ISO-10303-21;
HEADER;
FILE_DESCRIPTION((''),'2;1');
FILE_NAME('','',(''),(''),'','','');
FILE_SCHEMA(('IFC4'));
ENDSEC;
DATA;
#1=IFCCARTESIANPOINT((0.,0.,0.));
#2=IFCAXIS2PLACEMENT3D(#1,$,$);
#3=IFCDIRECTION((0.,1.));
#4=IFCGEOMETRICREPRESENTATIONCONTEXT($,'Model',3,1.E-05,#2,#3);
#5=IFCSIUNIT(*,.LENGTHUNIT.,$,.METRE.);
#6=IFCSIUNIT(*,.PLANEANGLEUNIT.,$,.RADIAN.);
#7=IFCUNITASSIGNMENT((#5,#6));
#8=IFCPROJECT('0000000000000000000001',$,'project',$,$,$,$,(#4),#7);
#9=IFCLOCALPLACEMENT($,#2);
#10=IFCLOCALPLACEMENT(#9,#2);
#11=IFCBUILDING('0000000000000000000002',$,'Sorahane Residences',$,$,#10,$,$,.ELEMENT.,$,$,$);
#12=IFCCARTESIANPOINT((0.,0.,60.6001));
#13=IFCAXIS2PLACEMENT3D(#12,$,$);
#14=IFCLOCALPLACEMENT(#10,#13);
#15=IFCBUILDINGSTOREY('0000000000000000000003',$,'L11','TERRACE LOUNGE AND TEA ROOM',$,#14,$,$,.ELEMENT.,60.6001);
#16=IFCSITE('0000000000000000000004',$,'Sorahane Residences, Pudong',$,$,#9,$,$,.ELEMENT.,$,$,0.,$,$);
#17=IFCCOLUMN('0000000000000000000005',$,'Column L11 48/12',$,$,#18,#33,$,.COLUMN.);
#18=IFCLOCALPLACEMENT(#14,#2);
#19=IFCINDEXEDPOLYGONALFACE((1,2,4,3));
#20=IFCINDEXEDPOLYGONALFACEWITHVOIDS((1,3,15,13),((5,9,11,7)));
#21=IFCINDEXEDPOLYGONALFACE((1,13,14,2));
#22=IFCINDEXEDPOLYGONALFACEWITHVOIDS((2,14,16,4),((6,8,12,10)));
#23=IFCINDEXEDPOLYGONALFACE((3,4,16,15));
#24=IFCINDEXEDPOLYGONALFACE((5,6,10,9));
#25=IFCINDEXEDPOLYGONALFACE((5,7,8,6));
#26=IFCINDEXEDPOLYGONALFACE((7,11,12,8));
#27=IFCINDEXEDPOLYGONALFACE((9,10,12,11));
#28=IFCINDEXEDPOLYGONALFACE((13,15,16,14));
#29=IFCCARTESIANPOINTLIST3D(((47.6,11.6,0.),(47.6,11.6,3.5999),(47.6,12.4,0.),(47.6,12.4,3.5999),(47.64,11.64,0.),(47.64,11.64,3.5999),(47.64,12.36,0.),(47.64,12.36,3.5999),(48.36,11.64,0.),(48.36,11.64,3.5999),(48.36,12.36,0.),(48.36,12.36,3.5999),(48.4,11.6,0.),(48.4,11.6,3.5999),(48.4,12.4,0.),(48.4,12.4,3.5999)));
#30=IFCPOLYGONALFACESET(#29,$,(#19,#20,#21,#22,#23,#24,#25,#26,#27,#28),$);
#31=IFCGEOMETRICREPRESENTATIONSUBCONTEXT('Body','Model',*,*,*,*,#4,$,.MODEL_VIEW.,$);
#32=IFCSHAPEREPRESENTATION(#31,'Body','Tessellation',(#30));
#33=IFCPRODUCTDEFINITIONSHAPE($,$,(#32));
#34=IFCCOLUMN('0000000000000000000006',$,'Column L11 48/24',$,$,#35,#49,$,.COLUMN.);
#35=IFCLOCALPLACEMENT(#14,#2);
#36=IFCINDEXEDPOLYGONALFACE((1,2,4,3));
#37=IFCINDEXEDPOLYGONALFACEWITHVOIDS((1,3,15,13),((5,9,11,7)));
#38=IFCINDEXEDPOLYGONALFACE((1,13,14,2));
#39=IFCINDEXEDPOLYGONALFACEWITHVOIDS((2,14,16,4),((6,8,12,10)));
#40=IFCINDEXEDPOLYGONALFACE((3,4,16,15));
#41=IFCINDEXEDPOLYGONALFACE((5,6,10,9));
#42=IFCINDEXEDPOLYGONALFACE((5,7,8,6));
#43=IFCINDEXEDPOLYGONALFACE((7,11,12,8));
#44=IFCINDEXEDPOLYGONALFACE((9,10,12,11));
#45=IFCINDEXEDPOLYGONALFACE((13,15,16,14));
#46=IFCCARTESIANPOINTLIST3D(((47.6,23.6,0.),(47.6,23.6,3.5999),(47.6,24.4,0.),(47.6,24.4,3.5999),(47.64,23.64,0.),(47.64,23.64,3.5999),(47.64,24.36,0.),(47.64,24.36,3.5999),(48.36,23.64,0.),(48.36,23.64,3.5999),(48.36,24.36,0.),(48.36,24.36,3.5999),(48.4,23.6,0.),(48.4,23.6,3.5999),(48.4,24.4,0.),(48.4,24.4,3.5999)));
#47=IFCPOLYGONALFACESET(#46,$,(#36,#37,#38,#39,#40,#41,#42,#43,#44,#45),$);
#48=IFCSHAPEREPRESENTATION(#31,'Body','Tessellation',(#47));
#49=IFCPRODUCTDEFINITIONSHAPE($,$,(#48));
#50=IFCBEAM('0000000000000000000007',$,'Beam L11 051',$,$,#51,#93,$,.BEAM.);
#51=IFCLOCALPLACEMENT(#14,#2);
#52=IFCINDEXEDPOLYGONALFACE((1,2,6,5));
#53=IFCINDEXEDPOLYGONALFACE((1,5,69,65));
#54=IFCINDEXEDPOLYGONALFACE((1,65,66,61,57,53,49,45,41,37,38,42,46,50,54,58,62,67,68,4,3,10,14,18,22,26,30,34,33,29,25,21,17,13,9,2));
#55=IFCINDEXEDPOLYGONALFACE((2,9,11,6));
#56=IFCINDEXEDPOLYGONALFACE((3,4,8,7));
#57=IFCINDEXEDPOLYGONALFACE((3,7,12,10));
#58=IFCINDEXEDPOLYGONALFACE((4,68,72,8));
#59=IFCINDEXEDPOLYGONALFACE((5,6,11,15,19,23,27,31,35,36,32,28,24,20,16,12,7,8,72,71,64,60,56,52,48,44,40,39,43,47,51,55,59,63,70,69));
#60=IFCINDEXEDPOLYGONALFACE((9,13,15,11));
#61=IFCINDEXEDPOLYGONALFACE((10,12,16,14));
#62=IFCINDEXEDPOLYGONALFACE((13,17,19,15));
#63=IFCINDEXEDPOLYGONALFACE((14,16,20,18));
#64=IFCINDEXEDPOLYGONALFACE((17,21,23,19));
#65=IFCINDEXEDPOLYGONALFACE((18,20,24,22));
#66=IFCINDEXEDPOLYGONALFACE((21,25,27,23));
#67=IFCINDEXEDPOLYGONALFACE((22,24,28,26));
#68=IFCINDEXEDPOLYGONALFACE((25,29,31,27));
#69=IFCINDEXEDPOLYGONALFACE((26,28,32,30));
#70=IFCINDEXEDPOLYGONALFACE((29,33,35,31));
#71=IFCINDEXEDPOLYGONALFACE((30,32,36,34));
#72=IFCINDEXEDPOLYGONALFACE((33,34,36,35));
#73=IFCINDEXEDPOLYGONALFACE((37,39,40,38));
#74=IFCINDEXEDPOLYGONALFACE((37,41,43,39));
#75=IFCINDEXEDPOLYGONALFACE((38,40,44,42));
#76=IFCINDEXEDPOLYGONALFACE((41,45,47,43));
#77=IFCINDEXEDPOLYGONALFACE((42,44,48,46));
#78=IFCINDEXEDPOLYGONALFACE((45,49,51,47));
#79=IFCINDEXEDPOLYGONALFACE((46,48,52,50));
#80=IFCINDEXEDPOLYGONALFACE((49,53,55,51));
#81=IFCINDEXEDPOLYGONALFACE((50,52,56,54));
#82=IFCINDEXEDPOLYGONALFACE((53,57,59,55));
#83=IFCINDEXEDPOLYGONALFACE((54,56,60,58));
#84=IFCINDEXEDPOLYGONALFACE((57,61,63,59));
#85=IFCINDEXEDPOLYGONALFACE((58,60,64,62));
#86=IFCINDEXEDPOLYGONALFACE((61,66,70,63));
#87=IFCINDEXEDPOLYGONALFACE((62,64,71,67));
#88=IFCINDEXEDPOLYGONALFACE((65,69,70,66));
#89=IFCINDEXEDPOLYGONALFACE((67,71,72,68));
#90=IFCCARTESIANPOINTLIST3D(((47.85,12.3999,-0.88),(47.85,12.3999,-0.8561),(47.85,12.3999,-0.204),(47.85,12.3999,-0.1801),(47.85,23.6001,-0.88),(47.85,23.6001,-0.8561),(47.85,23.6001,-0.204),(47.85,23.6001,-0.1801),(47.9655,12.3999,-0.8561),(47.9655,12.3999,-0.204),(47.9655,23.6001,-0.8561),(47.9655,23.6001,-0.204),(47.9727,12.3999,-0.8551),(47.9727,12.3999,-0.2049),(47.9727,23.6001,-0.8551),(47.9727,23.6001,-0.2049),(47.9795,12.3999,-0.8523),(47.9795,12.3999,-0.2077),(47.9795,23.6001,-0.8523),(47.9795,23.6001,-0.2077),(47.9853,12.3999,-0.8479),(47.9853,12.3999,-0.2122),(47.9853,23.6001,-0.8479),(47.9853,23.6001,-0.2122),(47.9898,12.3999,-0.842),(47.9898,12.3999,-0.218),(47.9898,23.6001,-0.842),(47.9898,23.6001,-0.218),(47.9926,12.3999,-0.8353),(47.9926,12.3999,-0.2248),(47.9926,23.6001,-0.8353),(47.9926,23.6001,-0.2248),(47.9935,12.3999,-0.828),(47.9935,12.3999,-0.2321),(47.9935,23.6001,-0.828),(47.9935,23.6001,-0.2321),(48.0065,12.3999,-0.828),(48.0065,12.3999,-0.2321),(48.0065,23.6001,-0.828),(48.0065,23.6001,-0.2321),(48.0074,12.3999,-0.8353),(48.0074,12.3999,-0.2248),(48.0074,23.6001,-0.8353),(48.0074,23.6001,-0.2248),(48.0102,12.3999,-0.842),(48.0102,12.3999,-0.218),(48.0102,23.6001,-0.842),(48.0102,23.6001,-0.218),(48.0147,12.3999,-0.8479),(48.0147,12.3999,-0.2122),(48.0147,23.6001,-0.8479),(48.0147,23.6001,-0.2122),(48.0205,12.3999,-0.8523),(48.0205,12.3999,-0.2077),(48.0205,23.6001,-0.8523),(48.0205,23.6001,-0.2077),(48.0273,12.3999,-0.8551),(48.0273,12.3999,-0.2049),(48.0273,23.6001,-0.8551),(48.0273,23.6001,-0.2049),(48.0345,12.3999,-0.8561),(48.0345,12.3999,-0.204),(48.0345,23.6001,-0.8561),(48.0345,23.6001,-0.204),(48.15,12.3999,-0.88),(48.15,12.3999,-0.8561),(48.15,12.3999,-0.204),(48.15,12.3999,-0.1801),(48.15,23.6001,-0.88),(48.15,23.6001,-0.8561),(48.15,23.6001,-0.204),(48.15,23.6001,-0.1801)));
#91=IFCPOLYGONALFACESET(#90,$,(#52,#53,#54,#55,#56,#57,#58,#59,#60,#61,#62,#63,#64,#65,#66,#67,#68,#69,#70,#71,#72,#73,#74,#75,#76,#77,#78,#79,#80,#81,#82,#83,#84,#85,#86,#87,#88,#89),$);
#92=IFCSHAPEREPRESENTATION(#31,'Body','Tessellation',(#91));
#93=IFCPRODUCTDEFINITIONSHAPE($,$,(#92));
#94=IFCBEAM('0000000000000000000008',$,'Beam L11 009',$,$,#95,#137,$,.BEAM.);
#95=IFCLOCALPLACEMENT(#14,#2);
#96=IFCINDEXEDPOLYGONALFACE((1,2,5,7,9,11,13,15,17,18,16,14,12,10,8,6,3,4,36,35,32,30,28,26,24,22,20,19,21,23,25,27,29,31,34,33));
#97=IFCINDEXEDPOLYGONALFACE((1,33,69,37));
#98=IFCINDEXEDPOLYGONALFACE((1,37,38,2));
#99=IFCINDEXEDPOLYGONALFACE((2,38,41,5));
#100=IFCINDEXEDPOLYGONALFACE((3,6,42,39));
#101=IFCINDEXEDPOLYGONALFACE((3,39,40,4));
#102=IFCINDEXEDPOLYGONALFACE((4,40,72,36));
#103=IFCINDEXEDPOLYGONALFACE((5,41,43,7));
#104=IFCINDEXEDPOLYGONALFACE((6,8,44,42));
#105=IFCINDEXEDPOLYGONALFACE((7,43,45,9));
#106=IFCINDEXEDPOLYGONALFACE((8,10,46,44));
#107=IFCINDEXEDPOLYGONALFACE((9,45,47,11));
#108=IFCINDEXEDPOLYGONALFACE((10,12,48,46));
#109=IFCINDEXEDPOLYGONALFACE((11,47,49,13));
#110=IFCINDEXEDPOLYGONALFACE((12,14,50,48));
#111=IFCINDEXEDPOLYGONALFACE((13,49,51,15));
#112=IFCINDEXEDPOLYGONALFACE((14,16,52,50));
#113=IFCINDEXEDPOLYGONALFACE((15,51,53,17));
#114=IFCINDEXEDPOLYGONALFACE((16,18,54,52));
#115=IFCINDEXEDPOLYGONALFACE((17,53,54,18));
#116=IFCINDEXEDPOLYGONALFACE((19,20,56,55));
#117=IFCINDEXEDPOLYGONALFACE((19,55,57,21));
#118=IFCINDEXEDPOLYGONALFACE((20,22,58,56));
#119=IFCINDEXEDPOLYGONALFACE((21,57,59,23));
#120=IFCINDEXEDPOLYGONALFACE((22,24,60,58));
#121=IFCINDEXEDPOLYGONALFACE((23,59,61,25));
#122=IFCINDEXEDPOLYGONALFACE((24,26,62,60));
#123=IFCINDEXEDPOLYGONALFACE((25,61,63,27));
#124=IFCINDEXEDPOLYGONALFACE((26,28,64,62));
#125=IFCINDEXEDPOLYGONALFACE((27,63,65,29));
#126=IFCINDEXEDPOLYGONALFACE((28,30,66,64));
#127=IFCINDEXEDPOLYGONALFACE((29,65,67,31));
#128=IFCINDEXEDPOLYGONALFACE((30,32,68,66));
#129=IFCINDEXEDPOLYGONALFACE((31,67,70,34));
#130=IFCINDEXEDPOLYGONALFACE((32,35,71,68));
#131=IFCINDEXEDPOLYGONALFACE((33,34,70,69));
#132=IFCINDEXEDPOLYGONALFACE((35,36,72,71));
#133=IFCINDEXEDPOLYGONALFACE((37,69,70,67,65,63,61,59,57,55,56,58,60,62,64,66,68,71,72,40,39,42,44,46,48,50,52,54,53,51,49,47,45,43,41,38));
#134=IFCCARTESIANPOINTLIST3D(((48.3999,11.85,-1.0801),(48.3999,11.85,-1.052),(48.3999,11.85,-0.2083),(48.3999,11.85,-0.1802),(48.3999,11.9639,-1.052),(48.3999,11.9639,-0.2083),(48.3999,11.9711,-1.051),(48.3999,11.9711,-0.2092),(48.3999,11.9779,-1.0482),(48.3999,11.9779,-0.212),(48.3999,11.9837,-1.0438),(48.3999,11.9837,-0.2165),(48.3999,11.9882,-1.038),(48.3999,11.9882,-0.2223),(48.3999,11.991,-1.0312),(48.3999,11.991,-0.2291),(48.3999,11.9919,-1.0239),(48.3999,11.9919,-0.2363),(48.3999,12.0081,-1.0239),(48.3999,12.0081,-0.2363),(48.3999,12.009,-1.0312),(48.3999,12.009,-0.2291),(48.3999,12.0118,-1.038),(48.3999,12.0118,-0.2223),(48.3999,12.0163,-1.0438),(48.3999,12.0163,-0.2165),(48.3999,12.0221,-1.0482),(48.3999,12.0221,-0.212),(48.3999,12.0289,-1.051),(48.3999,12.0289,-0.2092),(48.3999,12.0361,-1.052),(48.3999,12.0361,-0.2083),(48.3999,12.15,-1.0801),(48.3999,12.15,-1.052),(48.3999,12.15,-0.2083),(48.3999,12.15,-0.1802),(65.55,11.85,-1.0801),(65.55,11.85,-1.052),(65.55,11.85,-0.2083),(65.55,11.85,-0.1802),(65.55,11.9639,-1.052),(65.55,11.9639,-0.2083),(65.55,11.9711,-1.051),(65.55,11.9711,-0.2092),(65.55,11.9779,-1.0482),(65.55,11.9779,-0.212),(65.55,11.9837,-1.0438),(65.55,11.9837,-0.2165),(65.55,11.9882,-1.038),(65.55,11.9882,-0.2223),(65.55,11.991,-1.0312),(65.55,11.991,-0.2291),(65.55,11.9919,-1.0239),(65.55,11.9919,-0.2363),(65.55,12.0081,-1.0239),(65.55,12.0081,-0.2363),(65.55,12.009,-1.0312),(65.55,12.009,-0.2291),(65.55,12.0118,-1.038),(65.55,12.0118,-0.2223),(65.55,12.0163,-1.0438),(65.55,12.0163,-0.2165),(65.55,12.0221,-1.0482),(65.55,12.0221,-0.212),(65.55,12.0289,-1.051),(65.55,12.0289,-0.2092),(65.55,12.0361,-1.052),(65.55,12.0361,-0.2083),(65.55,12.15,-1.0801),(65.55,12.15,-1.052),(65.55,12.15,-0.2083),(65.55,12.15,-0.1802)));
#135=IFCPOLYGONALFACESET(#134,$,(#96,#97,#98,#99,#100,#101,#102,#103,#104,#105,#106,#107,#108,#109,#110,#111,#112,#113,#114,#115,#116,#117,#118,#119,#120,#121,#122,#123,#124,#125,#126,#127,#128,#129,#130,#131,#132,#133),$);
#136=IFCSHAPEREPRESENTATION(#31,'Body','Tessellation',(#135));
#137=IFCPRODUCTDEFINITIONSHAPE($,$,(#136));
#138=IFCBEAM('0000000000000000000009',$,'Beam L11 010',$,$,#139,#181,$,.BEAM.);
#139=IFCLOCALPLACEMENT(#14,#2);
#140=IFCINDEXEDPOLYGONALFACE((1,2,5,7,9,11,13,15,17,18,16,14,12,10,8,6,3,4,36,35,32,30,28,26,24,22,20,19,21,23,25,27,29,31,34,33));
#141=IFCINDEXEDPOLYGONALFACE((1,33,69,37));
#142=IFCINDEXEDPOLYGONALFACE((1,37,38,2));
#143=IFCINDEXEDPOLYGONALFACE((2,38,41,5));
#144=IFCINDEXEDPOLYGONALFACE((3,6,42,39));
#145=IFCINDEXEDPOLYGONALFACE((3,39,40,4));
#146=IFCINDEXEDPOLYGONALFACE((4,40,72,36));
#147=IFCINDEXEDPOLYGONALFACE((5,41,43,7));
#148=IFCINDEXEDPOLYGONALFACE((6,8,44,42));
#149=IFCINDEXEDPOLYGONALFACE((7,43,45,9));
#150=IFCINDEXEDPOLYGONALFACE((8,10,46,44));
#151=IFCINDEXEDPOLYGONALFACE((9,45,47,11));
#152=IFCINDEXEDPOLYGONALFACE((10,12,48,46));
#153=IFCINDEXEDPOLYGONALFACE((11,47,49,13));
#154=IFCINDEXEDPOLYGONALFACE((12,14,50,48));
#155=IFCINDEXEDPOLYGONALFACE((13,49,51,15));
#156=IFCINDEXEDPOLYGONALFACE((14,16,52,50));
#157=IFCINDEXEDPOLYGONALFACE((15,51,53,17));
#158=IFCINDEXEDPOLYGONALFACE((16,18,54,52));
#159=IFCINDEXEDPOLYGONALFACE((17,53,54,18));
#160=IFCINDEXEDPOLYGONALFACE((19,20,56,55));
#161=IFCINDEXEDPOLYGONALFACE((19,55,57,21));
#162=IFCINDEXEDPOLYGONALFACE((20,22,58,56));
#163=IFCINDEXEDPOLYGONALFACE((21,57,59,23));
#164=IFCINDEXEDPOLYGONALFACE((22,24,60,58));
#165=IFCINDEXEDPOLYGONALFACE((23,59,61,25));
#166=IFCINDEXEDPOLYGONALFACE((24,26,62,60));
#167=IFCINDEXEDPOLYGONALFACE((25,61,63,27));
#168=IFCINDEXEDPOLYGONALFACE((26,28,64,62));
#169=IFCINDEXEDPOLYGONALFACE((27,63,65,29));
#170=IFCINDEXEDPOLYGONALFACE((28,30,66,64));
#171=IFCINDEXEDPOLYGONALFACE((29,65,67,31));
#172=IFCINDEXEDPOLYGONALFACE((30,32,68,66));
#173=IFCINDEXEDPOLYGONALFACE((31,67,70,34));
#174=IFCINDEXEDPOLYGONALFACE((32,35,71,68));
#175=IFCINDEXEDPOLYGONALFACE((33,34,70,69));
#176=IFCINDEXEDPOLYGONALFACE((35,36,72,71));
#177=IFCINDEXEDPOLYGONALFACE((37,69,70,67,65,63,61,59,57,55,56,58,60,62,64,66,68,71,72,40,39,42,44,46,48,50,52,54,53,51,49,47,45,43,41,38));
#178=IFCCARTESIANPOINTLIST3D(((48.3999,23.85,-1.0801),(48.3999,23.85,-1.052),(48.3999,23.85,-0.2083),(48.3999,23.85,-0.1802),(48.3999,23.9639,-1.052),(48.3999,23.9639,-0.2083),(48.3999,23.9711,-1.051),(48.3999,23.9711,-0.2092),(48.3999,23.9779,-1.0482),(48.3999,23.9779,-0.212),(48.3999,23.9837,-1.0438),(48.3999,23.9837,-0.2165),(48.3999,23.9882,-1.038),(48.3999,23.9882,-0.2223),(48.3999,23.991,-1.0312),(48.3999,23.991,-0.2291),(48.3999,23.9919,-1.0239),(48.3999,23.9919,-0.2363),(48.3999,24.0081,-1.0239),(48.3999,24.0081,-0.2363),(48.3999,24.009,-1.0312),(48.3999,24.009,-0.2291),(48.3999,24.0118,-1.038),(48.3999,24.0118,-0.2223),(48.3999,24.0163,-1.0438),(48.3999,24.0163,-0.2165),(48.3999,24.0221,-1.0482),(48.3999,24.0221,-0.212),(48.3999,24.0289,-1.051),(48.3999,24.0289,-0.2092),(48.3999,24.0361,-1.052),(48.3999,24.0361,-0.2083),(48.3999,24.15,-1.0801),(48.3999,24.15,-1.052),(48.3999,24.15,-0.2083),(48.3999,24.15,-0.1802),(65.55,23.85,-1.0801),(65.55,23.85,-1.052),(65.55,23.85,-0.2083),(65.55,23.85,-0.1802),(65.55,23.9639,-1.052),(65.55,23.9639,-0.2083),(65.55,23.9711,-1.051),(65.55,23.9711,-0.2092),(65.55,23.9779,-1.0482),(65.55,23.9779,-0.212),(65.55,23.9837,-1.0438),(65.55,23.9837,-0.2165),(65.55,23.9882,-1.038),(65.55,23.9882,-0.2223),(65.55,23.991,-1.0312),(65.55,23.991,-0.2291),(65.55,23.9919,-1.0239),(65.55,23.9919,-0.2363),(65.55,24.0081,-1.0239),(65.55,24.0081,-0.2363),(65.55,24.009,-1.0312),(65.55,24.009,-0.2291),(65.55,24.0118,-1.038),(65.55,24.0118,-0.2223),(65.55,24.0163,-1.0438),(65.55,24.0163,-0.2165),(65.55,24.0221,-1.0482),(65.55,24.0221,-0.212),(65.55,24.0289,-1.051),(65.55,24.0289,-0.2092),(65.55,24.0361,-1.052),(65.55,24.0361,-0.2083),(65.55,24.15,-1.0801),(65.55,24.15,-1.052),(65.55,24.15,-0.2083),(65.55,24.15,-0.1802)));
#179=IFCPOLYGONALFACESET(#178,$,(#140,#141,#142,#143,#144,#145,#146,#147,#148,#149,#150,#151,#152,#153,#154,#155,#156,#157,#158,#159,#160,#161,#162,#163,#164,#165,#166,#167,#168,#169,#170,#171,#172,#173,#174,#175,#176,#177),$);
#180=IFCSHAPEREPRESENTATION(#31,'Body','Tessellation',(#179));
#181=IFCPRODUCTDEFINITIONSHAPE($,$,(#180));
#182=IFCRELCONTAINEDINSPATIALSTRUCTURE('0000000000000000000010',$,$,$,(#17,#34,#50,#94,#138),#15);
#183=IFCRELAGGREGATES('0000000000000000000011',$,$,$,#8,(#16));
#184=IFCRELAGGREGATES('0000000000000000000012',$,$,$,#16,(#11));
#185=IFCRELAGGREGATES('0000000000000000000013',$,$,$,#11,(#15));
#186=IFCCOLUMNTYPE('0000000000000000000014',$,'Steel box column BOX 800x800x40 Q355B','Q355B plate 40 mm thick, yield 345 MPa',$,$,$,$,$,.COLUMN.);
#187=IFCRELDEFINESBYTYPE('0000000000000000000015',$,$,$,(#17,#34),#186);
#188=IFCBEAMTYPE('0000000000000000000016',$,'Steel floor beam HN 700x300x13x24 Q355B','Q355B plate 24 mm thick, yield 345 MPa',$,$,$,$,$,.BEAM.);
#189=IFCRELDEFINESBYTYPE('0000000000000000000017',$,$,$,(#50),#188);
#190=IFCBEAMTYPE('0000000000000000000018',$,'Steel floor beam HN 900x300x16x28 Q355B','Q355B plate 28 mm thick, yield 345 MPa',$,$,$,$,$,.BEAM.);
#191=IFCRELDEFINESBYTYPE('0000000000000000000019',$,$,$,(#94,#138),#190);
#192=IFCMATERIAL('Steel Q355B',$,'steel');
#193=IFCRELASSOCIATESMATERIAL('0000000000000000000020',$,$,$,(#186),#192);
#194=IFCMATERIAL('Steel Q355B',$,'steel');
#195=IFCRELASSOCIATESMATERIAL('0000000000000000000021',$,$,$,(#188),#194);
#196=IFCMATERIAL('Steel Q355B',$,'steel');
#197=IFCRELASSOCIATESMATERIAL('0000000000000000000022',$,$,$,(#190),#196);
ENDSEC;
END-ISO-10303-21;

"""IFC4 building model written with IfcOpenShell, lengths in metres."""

from ifc_helpers import new_model, si_unit, direction, frame, origin, origin_2d, place, context, subcontext, project, spatial, hollow_rectangle, i_section, extrude, material, material_profile, profile_set, type_object, element, save


model = new_model("IFC4")

# Units and contexts
model_context = context("Model", 3, precision=1e-05, world=origin(), true_north=direction((0.0, 1.0)))
body_context = subcontext(model_context, "Body", "Model", "MODEL_VIEW")
ifc_project = project(units=[si_unit("LENGTHUNIT", "METRE"), si_unit("PLANEANGLEUNIT", "RADIAN")], contexts=[model_context])

# Site, building, storey
site_placement = place(None, origin())
site = spatial("IfcSite", under=ifc_project, at=site_placement, Name="Sorahane Residences, Pudong", CompositionType="ELEMENT", RefElevation=0.0)
building_placement = place(site_placement, origin())
building = spatial("IfcBuilding", under=site, at=building_placement, Name="Sorahane Residences", CompositionType="ELEMENT")
storey_placement = place(building_placement, frame((0.0, 0.0, 60.6001)))
storey = spatial("IfcBuildingStorey", under=building, at=storey_placement, Name="L11", Description="TERRACE LOUNGE AND TEA ROOM", CompositionType="ELEMENT", Elevation=60.6001)

# Columns
ifc_material_1 = material(Name="Steel Q355B", Category="steel")
ifc_material_profile_1 = material_profile(ifc_material_1, hollow_rectangle(XDim=0.8, YDim=0.8, WallThickness=0.04, at=origin_2d()), Name="BOX 800x800x40")
ifc_profile_set_1 = profile_set([ifc_material_profile_1], Name="Steel Q355B")
column_type = type_object("IfcColumnType", Name="Steel box column BOX 800x800x40 Q355B", Description="Q355B plate 40 mm thick, yield 345 MPa", PredefinedType="COLUMN", material=ifc_profile_set_1)
for number, where, z_axis, x_axis, name in (
    (1, (48.0, 12.0, 0.0), (0.0, 0.0, 1.0), (1.0, 0.0, 0.0), "Column L11 48/12"),
    (2, (48.0, 24.0, 0.0), (0.0, 0.0, 1.0), (1.0, 0.0, 0.0), "Column L11 48/24"),
):
    element("IfcColumn", number, at=place(storey_placement, frame(where, z_axis=z_axis, x_axis=x_axis)), inside=storey, type_object=column_type, Name=name, PredefinedType="COLUMN", context=body_context, shape_type="SweptSolid", body=[
        extrude(hollow_rectangle(XDim=0.8, YDim=0.8, WallThickness=0.04, at=origin_2d()), origin(), (0.0, 0.0, 1.0), 3.5999),
    ])

# Beams
ifc_material_2 = material(Name="Steel Q355B", Category="steel")
ifc_material_profile_2 = material_profile(ifc_material_2, i_section(OverallWidth=0.3, OverallDepth=0.7, WebThickness=0.0129, FlangeThickness=0.0239, FilletRadius=0.0281, at=origin_2d()), Name="HN 700x300x13x24")
ifc_profile_set_2 = profile_set([ifc_material_profile_2], Name="Steel Q355B")
beam_type_1 = type_object("IfcBeamType", Name="Steel floor beam HN 700x300x13x24 Q355B", Description="Q355B plate 24 mm thick, yield 345 MPa", PredefinedType="BEAM", material=ifc_profile_set_2)
beam_1_placement = place(storey_placement, frame((48.0, 12.3999, -0.53), z_axis=(0.0, 1.0, 0.0), x_axis=(-1.0, 0.0, 0.0)))
element("IfcBeam", 3, at=beam_1_placement, inside=storey, type_object=beam_type_1, Name="Beam L11 051", PredefinedType="BEAM", context=body_context, shape_type="SweptSolid", body=[
    extrude(i_section(OverallWidth=0.3, OverallDepth=0.7, WebThickness=0.0129, FlangeThickness=0.0239, FilletRadius=0.0281, at=origin_2d()), origin(), (0.0, 0.0, 1.0), 11.2002),
])
ifc_material_3 = material(Name="Steel Q355B", Category="steel")
ifc_material_profile_3 = material_profile(ifc_material_3, i_section(OverallWidth=0.3, OverallDepth=0.8999, WebThickness=0.0161, FlangeThickness=0.0281, FilletRadius=0.0281, at=origin_2d()), Name="HN 900x300x16x28")
ifc_profile_set_3 = profile_set([ifc_material_profile_3], Name="Steel Q355B")
beam_type_2 = type_object("IfcBeamType", Name="Steel floor beam HN 900x300x16x28 Q355B", Description="Q355B plate 28 mm thick, yield 345 MPa", PredefinedType="BEAM", material=ifc_profile_set_3)
for number, where, z_axis, x_axis, name in (
    (4, (48.3999, 12.0, -0.6301), (1.0, 0.0, 0.0), (0.0, 1.0, 0.0), "Beam L11 009"),
    (5, (48.3999, 24.0, -0.6301), (1.0, 0.0, 0.0), (0.0, 1.0, 0.0), "Beam L11 010"),
):
    element("IfcBeam", number, at=place(storey_placement, frame(where, z_axis=z_axis, x_axis=x_axis)), inside=storey, type_object=beam_type_2, Name=name, PredefinedType="BEAM", context=body_context, shape_type="SweptSolid", body=[
        extrude(i_section(OverallWidth=0.3, OverallDepth=0.8999, WebThickness=0.0161, FlangeThickness=0.0281, FilletRadius=0.0281, at=origin_2d()), origin(), (0.0, 0.0, 1.0), 17.1501),
    ])

save(model, "model.ifc")
